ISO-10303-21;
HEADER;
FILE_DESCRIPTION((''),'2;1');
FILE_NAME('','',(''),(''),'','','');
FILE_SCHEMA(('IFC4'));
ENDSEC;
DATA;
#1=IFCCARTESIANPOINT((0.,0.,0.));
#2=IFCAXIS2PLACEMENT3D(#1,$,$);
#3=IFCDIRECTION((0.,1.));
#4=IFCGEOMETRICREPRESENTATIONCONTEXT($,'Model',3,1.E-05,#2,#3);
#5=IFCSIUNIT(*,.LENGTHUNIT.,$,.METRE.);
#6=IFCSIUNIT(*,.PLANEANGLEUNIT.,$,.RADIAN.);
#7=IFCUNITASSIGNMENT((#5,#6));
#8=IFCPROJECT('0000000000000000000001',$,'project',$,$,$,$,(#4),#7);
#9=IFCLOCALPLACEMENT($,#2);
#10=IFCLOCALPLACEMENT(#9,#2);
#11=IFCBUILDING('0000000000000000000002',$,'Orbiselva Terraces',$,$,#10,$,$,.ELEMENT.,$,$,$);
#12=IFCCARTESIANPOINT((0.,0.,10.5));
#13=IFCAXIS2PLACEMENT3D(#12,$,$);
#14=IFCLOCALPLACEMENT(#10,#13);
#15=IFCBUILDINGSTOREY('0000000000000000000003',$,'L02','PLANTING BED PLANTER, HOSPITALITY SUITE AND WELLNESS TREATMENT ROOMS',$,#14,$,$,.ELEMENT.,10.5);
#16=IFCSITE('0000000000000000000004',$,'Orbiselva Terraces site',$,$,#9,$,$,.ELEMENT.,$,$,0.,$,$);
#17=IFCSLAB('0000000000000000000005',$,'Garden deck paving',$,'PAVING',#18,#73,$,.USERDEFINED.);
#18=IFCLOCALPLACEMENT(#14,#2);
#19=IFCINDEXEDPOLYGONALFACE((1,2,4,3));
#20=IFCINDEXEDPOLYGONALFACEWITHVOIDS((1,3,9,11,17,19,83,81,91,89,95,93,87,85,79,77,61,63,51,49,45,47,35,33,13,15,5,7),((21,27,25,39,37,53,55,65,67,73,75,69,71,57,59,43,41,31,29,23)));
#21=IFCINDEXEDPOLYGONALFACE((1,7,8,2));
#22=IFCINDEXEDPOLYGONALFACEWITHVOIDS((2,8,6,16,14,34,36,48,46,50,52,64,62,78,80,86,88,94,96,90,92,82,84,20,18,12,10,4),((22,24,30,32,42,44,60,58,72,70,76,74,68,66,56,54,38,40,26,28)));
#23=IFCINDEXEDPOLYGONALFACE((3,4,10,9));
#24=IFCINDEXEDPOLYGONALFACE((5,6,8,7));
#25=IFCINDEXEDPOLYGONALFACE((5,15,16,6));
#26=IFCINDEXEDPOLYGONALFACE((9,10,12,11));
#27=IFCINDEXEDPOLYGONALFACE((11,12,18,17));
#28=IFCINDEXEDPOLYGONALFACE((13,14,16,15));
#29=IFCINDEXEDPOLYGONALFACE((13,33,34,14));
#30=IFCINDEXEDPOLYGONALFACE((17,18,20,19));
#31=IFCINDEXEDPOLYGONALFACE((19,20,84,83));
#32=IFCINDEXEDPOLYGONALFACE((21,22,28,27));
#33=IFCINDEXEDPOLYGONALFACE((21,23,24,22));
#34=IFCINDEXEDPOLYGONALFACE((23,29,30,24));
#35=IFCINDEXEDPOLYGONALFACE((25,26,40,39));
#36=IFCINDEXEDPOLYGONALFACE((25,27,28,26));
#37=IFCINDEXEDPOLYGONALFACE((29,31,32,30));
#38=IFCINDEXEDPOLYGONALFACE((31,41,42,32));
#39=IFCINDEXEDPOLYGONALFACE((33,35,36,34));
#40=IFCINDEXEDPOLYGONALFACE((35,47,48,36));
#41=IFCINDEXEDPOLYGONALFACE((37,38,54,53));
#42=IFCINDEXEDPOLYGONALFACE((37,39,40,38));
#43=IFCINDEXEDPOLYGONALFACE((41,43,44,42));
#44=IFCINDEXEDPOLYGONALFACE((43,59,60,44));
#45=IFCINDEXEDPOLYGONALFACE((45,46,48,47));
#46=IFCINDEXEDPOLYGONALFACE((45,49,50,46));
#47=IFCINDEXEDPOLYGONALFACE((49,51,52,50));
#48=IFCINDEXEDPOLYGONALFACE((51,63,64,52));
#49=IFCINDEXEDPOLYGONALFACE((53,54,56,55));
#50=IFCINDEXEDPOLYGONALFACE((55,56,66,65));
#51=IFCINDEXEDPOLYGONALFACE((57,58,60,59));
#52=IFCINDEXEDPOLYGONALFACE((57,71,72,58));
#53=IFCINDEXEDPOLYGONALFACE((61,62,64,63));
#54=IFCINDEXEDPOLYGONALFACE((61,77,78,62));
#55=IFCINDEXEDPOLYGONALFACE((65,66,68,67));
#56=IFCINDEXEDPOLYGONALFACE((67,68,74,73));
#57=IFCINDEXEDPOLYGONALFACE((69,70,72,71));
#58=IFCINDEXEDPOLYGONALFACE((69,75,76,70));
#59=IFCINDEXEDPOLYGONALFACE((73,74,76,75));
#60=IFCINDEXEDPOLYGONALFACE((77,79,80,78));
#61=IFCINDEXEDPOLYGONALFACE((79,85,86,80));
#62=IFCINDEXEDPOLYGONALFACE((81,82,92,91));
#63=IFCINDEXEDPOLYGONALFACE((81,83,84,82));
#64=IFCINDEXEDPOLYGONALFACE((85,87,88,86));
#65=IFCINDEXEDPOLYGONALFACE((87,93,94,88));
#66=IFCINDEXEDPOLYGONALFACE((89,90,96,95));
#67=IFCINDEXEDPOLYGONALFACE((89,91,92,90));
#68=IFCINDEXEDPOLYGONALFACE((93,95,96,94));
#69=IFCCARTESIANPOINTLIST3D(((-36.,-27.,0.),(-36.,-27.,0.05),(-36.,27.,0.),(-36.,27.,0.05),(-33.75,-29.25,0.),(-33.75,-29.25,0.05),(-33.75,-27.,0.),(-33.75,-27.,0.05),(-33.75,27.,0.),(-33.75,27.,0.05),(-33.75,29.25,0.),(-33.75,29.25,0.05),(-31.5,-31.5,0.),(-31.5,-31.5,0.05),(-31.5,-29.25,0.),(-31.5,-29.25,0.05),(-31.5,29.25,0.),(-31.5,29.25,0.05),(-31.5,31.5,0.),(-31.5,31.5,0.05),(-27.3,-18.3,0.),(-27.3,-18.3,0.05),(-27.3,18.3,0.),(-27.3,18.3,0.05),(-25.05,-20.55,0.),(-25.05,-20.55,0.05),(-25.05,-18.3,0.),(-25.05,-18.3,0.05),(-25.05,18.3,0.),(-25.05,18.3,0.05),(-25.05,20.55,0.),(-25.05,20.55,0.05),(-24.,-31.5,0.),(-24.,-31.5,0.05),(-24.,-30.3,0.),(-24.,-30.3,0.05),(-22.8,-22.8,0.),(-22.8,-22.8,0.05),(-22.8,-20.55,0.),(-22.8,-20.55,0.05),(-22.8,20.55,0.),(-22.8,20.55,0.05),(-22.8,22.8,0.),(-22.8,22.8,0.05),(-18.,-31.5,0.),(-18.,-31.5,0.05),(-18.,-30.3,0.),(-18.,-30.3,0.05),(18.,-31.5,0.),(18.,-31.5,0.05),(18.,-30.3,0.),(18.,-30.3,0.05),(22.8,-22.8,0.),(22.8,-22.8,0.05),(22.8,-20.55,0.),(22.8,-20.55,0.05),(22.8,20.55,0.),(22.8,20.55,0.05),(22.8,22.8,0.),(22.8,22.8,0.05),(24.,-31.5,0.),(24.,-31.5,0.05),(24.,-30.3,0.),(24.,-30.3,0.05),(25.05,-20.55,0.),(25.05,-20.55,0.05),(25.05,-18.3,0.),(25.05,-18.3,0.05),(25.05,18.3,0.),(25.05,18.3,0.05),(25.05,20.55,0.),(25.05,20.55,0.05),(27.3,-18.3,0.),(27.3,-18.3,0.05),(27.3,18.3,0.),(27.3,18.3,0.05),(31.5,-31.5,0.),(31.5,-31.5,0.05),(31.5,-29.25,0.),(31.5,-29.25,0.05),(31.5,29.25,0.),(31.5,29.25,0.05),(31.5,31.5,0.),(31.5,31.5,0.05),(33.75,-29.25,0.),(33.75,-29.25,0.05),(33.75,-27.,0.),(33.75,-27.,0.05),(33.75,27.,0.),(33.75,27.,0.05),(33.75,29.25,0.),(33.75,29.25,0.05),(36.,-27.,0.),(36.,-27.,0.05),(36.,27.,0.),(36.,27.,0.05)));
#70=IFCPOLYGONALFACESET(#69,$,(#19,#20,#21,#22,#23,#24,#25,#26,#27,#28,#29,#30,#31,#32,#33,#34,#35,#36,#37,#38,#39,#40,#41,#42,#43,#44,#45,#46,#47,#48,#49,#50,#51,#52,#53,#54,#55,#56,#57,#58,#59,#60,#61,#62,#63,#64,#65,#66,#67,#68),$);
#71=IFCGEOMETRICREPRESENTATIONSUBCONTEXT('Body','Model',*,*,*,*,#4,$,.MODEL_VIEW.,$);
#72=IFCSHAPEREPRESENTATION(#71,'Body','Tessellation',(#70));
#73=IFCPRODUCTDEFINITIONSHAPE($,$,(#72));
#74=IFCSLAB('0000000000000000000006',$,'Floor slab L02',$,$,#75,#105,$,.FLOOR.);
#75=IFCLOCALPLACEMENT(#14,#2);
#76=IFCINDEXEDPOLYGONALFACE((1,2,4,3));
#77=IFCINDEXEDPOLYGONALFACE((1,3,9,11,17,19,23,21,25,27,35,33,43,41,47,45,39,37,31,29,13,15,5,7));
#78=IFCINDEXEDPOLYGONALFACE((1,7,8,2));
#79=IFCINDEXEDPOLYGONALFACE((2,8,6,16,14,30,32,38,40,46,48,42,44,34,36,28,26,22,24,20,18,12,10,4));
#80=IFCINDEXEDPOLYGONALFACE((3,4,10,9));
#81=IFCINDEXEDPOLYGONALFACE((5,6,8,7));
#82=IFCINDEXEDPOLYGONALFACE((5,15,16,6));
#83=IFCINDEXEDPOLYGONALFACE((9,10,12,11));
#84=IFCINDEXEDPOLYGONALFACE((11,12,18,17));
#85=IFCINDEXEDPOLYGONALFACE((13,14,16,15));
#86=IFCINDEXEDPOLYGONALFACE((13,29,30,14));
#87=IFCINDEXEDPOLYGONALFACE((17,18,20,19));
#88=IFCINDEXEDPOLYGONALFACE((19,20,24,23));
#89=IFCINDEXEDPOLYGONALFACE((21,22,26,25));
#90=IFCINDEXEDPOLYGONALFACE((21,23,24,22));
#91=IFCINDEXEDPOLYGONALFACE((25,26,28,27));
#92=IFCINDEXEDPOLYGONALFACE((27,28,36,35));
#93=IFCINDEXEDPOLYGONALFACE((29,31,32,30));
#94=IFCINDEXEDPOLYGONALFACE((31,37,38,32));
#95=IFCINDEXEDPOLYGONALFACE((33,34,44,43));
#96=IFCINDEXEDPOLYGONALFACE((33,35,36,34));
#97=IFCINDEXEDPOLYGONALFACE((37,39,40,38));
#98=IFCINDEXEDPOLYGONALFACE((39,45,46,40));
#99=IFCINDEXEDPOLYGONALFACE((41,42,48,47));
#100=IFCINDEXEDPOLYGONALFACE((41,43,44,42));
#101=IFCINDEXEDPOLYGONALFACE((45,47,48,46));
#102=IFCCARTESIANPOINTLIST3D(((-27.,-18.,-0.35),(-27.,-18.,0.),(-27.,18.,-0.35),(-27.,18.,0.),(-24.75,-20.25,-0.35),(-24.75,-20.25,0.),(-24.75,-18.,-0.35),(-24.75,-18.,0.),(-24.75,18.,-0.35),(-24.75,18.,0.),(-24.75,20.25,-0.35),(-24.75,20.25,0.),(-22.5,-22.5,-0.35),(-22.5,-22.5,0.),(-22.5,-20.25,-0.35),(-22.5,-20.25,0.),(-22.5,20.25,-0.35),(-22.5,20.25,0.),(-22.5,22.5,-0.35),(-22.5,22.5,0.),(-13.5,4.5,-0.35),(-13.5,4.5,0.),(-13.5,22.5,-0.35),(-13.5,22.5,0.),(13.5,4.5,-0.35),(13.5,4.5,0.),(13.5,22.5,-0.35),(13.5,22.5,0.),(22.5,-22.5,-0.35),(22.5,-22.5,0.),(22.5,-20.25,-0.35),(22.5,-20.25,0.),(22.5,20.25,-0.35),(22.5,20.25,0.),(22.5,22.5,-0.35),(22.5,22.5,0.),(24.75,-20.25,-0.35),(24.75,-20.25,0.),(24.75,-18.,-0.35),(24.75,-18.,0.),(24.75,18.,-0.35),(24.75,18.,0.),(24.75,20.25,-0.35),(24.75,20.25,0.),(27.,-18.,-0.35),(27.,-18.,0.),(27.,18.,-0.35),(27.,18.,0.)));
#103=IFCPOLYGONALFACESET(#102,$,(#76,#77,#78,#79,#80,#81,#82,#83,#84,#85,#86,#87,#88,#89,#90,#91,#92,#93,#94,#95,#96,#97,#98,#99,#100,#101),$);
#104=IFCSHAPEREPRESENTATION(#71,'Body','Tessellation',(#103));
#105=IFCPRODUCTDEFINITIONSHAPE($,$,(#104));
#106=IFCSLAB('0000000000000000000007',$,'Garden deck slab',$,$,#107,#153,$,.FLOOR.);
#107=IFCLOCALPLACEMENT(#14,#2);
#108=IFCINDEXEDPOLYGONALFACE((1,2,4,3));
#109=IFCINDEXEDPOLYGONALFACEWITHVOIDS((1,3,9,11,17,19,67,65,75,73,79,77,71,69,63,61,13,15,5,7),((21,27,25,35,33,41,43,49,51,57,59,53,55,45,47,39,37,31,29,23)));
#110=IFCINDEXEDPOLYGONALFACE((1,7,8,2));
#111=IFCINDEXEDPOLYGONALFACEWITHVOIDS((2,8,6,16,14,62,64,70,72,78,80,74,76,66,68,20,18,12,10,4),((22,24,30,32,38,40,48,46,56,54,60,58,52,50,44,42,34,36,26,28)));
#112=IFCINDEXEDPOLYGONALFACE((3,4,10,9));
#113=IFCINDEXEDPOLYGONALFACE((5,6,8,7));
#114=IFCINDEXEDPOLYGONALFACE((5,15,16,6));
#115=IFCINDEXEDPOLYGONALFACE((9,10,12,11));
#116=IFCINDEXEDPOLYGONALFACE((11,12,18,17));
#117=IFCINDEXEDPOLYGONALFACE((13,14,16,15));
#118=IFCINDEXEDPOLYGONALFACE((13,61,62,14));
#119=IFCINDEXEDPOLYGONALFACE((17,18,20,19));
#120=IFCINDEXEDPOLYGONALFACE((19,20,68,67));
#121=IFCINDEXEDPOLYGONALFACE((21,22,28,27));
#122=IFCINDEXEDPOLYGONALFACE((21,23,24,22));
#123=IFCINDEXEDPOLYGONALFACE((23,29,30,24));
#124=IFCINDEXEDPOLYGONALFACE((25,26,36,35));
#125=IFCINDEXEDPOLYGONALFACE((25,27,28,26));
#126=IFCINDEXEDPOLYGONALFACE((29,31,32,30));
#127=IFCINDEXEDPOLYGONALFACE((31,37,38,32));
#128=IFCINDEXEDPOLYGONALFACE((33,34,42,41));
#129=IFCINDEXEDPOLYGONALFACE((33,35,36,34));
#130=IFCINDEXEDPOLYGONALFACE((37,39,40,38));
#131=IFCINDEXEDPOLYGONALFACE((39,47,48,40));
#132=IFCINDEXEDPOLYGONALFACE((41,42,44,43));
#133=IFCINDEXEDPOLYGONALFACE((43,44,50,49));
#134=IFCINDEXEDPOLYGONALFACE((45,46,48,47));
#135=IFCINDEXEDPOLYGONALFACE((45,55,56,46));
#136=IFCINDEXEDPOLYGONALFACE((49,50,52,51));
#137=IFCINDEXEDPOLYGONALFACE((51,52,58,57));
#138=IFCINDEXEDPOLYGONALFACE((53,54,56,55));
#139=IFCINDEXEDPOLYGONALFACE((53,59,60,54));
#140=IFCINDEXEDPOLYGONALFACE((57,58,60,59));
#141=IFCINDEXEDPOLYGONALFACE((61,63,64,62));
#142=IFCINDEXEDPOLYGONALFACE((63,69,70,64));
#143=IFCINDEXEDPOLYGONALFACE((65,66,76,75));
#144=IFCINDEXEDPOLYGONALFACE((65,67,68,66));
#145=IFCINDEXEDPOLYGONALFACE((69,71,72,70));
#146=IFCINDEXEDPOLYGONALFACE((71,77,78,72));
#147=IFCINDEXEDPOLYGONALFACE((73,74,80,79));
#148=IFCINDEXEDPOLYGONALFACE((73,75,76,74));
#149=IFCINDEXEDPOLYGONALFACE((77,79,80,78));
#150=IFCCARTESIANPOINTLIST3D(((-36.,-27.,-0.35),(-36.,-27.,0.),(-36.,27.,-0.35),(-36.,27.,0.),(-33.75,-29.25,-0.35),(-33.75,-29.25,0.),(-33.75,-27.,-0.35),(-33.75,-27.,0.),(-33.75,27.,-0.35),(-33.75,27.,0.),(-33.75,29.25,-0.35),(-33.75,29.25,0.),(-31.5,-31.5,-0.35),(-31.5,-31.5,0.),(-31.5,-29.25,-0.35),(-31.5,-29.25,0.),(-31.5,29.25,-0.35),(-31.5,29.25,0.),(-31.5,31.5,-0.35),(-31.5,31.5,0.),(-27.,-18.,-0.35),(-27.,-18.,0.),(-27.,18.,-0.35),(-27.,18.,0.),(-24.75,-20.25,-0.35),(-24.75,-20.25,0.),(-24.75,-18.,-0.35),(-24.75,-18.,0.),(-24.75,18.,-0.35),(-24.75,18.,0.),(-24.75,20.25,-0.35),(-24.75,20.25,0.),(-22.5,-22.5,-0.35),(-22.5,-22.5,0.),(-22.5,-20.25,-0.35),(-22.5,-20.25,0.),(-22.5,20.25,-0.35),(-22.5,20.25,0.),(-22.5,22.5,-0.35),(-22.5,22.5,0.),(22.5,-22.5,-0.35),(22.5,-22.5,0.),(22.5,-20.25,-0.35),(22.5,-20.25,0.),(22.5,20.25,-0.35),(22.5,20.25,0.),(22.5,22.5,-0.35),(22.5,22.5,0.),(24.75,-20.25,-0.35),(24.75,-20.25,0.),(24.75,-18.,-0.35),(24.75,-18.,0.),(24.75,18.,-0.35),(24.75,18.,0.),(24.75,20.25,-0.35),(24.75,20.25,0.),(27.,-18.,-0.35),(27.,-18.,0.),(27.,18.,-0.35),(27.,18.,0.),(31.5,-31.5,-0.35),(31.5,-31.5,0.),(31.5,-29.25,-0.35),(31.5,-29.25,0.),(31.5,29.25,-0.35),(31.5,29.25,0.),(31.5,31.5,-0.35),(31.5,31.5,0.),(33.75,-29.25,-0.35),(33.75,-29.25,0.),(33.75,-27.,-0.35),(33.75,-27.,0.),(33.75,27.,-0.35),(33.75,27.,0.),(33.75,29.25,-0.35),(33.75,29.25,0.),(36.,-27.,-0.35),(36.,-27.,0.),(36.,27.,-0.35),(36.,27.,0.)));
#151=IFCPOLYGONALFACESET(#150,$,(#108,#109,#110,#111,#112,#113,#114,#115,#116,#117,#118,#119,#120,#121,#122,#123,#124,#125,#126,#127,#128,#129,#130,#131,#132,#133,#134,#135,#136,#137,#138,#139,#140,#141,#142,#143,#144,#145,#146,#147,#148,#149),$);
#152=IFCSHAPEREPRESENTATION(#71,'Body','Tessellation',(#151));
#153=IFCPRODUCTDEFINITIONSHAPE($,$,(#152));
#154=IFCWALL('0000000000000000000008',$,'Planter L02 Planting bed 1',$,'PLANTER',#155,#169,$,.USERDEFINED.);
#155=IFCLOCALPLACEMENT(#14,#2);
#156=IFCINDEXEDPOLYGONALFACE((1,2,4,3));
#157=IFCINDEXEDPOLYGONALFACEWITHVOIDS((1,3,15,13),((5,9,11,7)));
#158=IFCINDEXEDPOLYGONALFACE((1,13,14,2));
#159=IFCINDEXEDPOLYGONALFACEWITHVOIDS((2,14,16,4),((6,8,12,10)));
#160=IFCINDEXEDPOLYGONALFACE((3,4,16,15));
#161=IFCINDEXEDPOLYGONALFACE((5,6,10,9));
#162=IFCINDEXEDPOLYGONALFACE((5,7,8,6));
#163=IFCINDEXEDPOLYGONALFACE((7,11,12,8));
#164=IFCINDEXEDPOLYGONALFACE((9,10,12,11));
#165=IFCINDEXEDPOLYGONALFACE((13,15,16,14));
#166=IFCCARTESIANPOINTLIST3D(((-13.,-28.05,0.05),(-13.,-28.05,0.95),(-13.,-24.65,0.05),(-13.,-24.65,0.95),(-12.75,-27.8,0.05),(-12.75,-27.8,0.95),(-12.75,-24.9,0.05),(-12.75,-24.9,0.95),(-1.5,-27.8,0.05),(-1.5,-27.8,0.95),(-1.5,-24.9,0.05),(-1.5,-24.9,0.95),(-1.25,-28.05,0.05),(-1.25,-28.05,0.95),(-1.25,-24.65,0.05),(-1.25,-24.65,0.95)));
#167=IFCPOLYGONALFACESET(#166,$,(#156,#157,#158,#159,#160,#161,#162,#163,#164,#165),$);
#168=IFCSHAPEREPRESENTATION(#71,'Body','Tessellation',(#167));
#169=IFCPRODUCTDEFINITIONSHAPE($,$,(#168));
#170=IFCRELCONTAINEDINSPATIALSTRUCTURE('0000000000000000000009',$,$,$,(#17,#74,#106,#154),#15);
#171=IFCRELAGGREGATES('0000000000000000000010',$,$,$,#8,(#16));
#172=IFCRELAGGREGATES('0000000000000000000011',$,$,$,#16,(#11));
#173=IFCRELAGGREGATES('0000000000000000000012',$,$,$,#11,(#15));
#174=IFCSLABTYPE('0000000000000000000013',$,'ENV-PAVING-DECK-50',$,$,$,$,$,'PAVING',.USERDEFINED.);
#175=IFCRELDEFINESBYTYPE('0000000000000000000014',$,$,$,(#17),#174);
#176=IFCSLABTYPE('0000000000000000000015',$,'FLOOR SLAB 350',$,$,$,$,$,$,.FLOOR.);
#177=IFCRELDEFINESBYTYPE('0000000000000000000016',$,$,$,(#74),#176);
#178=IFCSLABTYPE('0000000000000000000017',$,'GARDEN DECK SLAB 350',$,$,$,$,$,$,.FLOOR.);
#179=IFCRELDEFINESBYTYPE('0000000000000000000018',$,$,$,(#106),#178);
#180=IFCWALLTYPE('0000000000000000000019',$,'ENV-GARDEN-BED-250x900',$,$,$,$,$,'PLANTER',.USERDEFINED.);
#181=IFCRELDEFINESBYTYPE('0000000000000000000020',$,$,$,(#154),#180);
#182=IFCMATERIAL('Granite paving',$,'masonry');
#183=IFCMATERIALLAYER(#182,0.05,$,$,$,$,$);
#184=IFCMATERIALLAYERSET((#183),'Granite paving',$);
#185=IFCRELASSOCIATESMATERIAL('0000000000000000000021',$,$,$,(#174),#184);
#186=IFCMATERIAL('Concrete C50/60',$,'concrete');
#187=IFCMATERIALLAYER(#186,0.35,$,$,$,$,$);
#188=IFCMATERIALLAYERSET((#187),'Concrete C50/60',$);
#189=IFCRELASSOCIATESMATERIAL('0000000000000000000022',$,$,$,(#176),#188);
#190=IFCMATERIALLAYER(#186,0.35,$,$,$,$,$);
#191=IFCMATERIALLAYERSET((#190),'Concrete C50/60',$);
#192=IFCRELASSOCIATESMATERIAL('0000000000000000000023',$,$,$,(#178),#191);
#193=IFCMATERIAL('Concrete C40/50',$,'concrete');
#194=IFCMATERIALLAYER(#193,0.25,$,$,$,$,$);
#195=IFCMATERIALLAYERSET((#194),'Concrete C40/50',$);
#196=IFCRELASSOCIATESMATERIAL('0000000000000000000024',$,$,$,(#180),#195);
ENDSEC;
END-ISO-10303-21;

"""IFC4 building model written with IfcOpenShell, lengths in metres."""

from ifc_helpers import new_model, si_unit, direction, frame, origin, place, context, subcontext, project, spatial, polyline, outline, extrude, material, layer, layer_set, type_object, element, save


model = new_model("IFC4")

# Units and contexts
model_context = context("Model", 3, precision=1e-05, world=origin(), true_north=direction((0.0, 1.0)))
body_context = subcontext(model_context, "Body", "Model", "MODEL_VIEW")
ifc_project = project(units=[si_unit("LENGTHUNIT", "METRE"), si_unit("PLANEANGLEUNIT", "RADIAN")], contexts=[model_context])

# Site, building, storey
site_placement = place(None, origin())
site = spatial("IfcSite", under=ifc_project, at=site_placement, Name="Orbiselva Terraces site", CompositionType="ELEMENT", RefElevation=0.0)
building_placement = place(site_placement, origin())
building = spatial("IfcBuilding", under=site, at=building_placement, Name="Orbiselva Terraces", CompositionType="ELEMENT")
storey_placement = place(building_placement, frame((0.0, 0.0, 10.5)))
storey = spatial("IfcBuildingStorey", under=building, at=storey_placement, Name="L02", Description="PLANTING BED PLANTER, HOSPITALITY SUITE AND WELLNESS TREATMENT ROOMS", CompositionType="ELEMENT", Elevation=10.5)

# Shared definitions
ifc_material_1 = material(Name="Concrete C40/50", Category="concrete")

# Slabs
ifc_material_2 = material(Name="Granite paving", Category="masonry")
ifc_layer_1 = layer(ifc_material_2, 0.05)
ifc_layer_set_1 = layer_set([ifc_layer_1], Name="Granite paving")
slab_type_1 = type_object("IfcSlabType", Name="ENV-PAVING-DECK-50", ElementType="PAVING", PredefinedType="USERDEFINED", material=ifc_layer_set_1)
slab_1_placement = place(storey_placement, origin())
element("IfcSlab", 1, at=slab_1_placement, inside=storey, type_object=slab_type_1, Name="Garden deck paving", ObjectType="PAVING", PredefinedType="USERDEFINED", context=body_context, shape_type="SweptSolid", body=[
    extrude(outline(polyline([(-33.75, -27.0), (-33.75, -29.25), (-31.5, -29.25), (-31.5, -31.5), (-24.0, -31.5), (-24.0, -30.3), (-18.0, -30.3), (-18.0, -31.5), (18.0, -31.5), (18.0, -30.3), (24.0, -30.3), (24.0, -31.5), (31.5, -31.5), (31.5, -29.25), (33.75, -29.25), (33.75, -27.0), (36.0, -27.0), (36.0, 27.0), (33.75, 27.0), (33.75, 29.25), (31.5, 29.25), (31.5, 31.5), (-31.5, 31.5), (-31.5, 29.25), (-33.75, 29.25), (-33.75, 27.0), (-36.0, 27.0), (-36.0, -27.0), (-33.75, -27.0)]), holes=[polyline([(22.8, -20.55), (22.8, -22.8), (-22.8, -22.8), (-22.8, -20.55), (-25.05, -20.55), (-25.05, -18.3), (-27.3, -18.3), (-27.3, 18.3), (-25.05, 18.3), (-25.05, 20.55), (-22.8, 20.55), (-22.8, 22.8), (22.8, 22.8), (22.8, 20.55), (25.05, 20.55), (25.05, 18.3), (27.3, 18.3), (27.3, -18.3), (25.05, -18.3), (25.05, -20.55), (22.8, -20.55)])]), origin(), (0.0, 0.0, 1.0), 0.05),
])
ifc_material_3 = material(Name="Concrete C50/60", Category="concrete")
ifc_layer_2 = layer(ifc_material_3, 0.35)
ifc_layer_set_2 = layer_set([ifc_layer_2], Name="Concrete C50/60")
slab_type_2 = type_object("IfcSlabType", Name="FLOOR SLAB 350", PredefinedType="FLOOR", material=ifc_layer_set_2)
slab_2_placement = place(storey_placement, frame((0.0, 0.0, -0.35)))
element("IfcSlab", 2, at=slab_2_placement, inside=storey, type_object=slab_type_2, Name="Floor slab L02", PredefinedType="FLOOR", context=body_context, shape_type="SweptSolid", body=[
    extrude(outline(polyline([(22.5, 22.5), (22.5, 20.25), (24.75, 20.25), (24.75, 18.0), (27.0, 18.0), (27.0, -18.0), (24.75, -18.0), (24.75, -20.25), (22.5, -20.25), (22.5, -22.5), (-22.5, -22.5), (-22.5, -20.25), (-24.75, -20.25), (-24.75, -18.0), (-27.0, -18.0), (-27.0, 18.0), (-24.75, 18.0), (-24.75, 20.25), (-22.5, 20.25), (-22.5, 22.5), (-13.5, 22.5), (-13.5, 4.5), (13.5, 4.5), (13.5, 22.5), (22.5, 22.5)])), origin(), (0.0, 0.0, 1.0), 0.35),
])
ifc_layer_3 = layer(ifc_material_3, 0.35)
ifc_layer_set_3 = layer_set([ifc_layer_3], Name="Concrete C50/60")
slab_type_3 = type_object("IfcSlabType", Name="GARDEN DECK SLAB 350", PredefinedType="FLOOR", material=ifc_layer_set_3)
slab_3_placement = place(storey_placement, frame((0.0, 0.0, -0.35)))
element("IfcSlab", 3, at=slab_3_placement, inside=storey, type_object=slab_type_3, Name="Garden deck slab", PredefinedType="FLOOR", context=body_context, shape_type="SweptSolid", body=[
    extrude(outline(polyline([(-31.5, -31.5), (31.5, -31.5), (31.5, -29.25), (33.75, -29.25), (33.75, -27.0), (36.0, -27.0), (36.0, 27.0), (33.75, 27.0), (33.75, 29.25), (31.5, 29.25), (31.5, 31.5), (-31.5, 31.5), (-31.5, 29.25), (-33.75, 29.25), (-33.75, 27.0), (-36.0, 27.0), (-36.0, -27.0), (-33.75, -27.0), (-33.75, -29.25), (-31.5, -29.25), (-31.5, -31.5)]), holes=[polyline([(-22.5, -20.25), (-24.75, -20.25), (-24.75, -18.0), (-27.0, -18.0), (-27.0, 18.0), (-24.75, 18.0), (-24.75, 20.25), (-22.5, 20.25), (-22.5, 22.5), (22.5, 22.5), (22.5, 20.25), (24.75, 20.25), (24.75, 18.0), (27.0, 18.0), (27.0, -18.0), (24.75, -18.0), (24.75, -20.25), (22.5, -20.25), (22.5, -22.5), (-22.5, -22.5), (-22.5, -20.25)])]), origin(), (0.0, 0.0, 1.0), 0.35),
])

# Wall
ifc_layer_4 = layer(ifc_material_1, 0.25)
ifc_layer_set_4 = layer_set([ifc_layer_4], Name="Concrete C40/50")
wall_type_1 = type_object("IfcWallType", Name="ENV-GARDEN-BED-250x900", ElementType="PLANTER", PredefinedType="USERDEFINED", material=ifc_layer_set_4)
wall_1_placement = place(storey_placement, frame((0.0, 0.0, 0.05)))
element("IfcWall", 4, at=wall_1_placement, inside=storey, type_object=wall_type_1, Name="Planter L02 Planting bed 1", ObjectType="PLANTER", PredefinedType="USERDEFINED", context=body_context, shape_type="SweptSolid", body=[
    extrude(outline(polyline([(-13.0, -28.05), (-1.25, -28.05), (-1.25, -24.65), (-13.0, -24.65), (-13.0, -28.05)]), holes=[polyline([(-12.75, -24.9), (-1.5, -24.9), (-1.5, -27.8), (-12.75, -27.8), (-12.75, -24.9)])]), origin(), (0.0, 0.0, 1.0), 0.9),
])

save(model, "model.ifc")
